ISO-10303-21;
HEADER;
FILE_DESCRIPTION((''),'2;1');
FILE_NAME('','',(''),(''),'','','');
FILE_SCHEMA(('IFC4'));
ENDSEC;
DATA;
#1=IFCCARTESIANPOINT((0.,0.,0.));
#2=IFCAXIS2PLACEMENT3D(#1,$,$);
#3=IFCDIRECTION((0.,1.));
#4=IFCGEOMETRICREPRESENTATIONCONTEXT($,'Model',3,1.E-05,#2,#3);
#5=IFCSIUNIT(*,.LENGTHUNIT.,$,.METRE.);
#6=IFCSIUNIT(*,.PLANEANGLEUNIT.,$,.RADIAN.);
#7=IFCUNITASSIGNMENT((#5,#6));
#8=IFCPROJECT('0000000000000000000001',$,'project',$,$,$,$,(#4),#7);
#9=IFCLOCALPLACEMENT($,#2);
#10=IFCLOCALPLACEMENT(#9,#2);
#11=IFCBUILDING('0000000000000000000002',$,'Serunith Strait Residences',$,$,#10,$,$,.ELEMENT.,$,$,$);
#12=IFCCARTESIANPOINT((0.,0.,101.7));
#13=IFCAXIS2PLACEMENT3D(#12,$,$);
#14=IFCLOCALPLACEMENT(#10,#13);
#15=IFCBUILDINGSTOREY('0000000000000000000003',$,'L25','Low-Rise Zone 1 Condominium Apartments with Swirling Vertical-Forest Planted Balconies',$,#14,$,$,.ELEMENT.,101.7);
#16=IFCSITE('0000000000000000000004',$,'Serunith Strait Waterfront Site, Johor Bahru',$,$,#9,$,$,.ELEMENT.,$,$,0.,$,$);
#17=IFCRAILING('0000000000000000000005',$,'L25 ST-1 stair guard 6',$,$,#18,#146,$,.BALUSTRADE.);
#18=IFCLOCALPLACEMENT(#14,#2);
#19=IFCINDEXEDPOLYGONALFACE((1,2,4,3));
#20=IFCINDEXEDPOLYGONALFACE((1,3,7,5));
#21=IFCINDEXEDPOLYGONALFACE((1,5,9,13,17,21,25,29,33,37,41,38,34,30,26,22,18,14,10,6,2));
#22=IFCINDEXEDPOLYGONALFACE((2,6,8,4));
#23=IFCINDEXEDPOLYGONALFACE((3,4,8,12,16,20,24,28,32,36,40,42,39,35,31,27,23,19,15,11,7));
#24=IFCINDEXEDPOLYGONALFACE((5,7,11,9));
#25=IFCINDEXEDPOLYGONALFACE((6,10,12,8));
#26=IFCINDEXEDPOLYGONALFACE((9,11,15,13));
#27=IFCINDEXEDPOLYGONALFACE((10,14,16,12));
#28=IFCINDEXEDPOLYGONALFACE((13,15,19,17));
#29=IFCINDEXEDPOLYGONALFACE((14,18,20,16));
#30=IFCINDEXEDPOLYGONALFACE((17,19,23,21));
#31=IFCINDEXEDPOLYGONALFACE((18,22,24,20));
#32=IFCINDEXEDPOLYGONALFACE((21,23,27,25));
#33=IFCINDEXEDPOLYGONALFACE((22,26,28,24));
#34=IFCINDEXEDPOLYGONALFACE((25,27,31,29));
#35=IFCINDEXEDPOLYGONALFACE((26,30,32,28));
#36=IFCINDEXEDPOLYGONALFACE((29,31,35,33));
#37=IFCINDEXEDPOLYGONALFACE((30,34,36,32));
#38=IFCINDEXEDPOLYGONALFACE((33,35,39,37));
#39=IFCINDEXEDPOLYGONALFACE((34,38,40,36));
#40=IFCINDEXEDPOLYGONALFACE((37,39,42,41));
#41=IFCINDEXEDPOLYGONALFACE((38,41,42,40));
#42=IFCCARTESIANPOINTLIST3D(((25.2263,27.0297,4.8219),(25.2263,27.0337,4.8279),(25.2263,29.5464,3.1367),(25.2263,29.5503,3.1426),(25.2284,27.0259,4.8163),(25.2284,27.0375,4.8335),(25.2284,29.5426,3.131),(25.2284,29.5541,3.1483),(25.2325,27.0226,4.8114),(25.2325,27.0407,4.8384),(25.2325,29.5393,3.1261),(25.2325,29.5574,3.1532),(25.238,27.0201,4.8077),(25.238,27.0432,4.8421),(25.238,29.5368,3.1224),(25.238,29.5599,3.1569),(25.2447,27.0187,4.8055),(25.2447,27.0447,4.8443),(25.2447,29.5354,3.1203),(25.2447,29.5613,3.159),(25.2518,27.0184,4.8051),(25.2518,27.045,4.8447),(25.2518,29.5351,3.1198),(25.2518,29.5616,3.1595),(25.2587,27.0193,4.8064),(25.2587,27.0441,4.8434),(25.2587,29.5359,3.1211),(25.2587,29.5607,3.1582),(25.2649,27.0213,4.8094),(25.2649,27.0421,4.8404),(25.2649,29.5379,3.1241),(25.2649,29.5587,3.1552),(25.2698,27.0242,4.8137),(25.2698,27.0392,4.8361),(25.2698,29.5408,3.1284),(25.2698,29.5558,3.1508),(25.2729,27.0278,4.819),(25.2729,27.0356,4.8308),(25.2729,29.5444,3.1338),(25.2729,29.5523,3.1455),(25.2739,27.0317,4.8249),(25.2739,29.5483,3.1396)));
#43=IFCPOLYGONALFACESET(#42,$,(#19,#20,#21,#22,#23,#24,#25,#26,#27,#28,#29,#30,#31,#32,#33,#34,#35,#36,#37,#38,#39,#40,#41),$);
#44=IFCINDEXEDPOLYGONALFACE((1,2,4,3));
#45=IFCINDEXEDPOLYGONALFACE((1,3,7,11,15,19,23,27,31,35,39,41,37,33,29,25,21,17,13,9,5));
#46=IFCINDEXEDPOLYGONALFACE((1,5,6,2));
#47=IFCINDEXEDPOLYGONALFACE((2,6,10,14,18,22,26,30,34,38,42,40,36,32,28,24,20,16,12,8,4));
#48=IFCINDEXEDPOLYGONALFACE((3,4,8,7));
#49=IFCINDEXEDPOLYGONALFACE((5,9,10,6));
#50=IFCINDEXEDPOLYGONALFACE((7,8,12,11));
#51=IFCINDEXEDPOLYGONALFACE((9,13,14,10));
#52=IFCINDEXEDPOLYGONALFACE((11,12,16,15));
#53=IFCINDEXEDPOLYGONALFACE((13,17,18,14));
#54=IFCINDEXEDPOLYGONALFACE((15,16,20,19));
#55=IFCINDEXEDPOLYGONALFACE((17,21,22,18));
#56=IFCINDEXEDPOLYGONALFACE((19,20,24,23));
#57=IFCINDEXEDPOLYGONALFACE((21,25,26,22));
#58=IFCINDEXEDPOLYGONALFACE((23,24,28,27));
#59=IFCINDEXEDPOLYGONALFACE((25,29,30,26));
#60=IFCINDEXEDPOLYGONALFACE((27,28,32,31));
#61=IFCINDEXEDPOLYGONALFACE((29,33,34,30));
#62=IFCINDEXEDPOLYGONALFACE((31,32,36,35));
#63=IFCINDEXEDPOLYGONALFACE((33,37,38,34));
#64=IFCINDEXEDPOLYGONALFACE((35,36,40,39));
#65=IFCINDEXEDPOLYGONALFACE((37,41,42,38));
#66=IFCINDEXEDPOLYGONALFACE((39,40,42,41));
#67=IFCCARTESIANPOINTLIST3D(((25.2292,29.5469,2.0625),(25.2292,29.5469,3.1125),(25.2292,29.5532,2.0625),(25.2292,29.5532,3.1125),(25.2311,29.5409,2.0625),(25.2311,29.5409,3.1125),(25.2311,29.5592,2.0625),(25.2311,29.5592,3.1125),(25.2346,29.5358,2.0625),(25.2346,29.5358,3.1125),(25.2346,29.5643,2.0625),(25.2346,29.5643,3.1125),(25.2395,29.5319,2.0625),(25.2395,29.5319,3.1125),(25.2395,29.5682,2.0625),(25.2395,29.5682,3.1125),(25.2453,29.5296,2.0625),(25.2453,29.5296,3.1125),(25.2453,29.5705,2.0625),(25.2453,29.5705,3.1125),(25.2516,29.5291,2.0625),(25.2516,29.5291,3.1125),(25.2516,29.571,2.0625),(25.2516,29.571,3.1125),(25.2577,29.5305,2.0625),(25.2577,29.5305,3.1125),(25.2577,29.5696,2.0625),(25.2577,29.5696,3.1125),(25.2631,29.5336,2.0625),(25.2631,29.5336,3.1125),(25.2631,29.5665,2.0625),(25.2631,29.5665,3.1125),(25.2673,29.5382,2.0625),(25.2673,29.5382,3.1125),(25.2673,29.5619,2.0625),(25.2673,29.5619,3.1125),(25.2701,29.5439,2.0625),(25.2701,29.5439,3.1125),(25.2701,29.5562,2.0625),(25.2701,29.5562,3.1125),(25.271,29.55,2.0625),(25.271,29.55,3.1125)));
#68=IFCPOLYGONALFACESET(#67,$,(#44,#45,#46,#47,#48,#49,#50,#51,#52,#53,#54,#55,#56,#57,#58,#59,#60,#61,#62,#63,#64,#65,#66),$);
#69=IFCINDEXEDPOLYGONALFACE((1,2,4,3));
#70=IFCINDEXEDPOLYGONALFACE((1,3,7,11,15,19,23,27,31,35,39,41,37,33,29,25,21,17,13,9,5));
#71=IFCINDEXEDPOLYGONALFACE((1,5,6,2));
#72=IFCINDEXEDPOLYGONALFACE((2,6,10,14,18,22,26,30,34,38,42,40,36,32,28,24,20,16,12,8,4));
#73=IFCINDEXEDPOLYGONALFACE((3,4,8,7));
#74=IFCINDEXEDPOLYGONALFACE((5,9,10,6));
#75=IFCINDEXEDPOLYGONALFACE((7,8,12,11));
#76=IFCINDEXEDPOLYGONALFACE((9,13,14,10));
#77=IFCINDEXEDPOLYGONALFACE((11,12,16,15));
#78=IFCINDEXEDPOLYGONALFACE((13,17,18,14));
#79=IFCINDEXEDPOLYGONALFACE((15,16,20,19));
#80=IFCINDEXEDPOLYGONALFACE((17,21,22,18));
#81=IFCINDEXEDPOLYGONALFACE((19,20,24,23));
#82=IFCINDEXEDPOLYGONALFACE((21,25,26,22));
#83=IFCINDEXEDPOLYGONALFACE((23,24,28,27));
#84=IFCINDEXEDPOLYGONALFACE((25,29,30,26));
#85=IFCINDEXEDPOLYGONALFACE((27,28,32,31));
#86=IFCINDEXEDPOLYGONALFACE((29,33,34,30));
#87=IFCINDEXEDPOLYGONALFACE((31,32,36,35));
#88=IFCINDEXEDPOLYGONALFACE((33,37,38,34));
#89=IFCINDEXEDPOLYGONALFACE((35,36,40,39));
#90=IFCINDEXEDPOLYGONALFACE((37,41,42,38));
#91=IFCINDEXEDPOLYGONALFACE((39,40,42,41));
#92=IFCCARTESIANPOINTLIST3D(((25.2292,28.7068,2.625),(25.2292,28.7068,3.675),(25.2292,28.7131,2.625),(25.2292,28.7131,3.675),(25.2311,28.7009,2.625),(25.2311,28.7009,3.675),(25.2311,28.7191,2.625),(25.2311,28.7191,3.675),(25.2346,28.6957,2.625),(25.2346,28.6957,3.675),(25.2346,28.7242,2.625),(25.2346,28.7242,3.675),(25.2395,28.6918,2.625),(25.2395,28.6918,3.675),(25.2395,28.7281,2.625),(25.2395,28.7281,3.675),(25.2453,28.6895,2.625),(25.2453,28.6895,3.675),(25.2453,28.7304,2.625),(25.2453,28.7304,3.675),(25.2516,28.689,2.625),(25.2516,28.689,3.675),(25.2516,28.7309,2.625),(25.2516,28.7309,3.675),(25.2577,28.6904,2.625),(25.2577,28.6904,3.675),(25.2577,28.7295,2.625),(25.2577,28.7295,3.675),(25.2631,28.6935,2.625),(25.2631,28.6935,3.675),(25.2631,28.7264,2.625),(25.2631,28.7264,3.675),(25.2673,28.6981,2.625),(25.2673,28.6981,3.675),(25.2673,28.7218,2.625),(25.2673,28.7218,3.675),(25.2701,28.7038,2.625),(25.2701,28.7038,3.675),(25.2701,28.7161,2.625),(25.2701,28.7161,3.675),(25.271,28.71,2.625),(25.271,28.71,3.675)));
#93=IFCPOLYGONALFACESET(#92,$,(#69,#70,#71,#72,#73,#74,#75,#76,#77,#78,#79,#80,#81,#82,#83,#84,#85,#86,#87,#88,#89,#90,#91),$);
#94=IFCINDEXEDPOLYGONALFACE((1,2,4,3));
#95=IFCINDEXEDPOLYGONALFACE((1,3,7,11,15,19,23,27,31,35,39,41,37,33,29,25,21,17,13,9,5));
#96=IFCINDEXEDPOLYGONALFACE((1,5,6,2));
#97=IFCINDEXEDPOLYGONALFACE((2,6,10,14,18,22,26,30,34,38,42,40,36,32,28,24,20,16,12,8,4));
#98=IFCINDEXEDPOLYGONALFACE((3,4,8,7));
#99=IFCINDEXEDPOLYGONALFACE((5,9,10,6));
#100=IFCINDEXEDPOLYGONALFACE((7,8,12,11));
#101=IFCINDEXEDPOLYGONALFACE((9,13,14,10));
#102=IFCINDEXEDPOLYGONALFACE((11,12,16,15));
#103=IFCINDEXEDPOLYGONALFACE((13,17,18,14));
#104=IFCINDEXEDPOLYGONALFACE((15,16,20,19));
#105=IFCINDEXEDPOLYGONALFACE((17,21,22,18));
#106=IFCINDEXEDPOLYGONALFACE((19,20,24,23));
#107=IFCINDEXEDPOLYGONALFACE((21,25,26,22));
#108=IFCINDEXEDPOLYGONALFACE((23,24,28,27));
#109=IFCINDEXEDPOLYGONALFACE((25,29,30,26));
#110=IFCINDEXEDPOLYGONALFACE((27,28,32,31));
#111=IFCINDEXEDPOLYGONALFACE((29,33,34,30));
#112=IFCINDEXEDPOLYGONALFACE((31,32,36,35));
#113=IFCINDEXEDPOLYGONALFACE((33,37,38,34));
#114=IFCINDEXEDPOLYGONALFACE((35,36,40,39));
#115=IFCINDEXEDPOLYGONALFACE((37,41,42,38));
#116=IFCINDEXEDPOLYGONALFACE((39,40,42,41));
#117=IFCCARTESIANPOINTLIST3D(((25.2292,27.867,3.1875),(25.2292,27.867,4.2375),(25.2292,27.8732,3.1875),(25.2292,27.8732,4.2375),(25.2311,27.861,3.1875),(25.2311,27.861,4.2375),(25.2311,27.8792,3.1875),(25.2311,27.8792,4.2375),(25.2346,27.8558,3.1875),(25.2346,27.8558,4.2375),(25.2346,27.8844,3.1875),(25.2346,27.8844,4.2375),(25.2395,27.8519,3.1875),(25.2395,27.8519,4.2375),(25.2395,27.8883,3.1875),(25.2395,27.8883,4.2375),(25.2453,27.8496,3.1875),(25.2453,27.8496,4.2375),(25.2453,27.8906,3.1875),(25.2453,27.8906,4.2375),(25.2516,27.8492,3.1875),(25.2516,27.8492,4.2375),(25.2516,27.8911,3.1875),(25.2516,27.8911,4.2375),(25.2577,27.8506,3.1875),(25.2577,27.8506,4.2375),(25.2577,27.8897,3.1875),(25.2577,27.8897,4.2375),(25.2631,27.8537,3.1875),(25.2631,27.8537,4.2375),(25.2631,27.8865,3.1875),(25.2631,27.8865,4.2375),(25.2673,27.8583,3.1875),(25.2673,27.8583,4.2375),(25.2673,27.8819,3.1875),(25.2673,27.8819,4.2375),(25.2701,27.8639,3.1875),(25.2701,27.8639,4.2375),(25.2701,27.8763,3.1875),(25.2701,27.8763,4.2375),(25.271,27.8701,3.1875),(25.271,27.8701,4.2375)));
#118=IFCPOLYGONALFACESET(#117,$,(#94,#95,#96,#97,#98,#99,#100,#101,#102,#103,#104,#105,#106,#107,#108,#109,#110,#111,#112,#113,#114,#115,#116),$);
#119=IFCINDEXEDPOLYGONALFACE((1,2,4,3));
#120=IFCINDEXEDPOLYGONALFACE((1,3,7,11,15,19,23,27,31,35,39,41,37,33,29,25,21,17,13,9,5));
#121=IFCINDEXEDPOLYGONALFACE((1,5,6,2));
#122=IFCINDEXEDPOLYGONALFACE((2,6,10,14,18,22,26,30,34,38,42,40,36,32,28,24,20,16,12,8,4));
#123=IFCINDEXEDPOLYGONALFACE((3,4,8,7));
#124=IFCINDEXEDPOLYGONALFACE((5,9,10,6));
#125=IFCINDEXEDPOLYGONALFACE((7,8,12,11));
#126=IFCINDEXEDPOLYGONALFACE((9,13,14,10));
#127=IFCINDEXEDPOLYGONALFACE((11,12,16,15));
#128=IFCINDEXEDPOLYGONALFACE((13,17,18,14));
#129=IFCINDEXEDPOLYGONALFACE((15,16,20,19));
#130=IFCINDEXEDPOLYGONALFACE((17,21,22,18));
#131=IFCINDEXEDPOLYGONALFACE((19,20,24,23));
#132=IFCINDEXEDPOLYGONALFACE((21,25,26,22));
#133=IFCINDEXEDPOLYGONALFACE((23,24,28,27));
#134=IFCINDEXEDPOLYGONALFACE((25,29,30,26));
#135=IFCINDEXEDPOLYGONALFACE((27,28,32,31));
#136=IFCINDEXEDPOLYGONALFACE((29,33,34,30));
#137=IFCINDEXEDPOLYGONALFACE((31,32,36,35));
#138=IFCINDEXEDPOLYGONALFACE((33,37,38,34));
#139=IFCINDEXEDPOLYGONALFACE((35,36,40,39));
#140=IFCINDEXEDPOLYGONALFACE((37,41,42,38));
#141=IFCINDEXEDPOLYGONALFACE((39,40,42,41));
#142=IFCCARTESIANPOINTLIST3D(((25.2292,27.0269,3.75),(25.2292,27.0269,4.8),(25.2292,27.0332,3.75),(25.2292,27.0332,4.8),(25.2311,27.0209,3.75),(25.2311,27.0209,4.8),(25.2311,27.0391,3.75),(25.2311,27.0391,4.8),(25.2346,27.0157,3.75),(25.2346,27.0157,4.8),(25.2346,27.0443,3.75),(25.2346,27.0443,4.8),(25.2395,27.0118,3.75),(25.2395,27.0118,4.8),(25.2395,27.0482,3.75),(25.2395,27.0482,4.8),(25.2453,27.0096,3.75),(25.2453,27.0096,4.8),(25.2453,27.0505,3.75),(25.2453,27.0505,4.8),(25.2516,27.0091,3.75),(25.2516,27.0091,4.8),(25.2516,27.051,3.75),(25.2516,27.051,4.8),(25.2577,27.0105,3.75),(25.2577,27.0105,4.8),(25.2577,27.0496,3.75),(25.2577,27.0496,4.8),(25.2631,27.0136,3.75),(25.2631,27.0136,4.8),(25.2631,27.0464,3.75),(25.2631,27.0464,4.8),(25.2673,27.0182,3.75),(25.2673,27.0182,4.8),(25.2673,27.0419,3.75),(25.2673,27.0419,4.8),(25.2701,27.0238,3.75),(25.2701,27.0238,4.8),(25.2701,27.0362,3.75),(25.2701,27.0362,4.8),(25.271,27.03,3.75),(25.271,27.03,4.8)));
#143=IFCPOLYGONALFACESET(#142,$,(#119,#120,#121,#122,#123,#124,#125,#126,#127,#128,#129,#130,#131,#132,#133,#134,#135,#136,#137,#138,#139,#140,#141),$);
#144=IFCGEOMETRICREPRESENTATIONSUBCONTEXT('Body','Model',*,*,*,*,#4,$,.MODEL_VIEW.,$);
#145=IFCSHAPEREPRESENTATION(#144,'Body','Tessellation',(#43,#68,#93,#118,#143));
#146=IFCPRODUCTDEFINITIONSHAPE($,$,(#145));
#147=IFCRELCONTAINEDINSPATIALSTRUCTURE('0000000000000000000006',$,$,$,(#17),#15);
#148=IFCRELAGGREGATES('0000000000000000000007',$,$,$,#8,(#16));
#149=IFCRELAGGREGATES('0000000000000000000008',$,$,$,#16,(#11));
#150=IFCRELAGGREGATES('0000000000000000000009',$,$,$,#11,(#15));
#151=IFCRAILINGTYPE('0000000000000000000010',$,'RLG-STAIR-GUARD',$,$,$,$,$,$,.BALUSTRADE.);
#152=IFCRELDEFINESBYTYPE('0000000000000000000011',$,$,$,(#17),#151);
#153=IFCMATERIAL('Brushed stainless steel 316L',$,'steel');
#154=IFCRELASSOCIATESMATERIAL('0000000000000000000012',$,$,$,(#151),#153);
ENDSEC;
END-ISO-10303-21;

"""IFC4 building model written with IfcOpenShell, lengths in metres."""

from ifc_helpers import new_model, si_unit, direction, frame, origin, origin_2d, place, context, subcontext, project, spatial, circle, extrude, material, type_object, element, save


model = new_model("IFC4")

# Units and contexts
model_context = context("Model", 3, precision=1e-05, world=origin(), true_north=direction((0.0, 1.0)))
body_context = subcontext(model_context, "Body", "Model", "MODEL_VIEW")
ifc_project = project(units=[si_unit("LENGTHUNIT", "METRE"), si_unit("PLANEANGLEUNIT", "RADIAN")], contexts=[model_context])

# Site, building, storey
site_placement = place(None, origin())
site = spatial("IfcSite", under=ifc_project, at=site_placement, Name="Serunith Strait Waterfront Site, Johor Bahru", CompositionType="ELEMENT", RefElevation=0.0)
building_placement = place(site_placement, origin())
building = spatial("IfcBuilding", under=site, at=building_placement, Name="Serunith Strait Residences", CompositionType="ELEMENT")
storey_placement = place(building_placement, frame((0.0, 0.0, 101.7)))
storey = spatial("IfcBuildingStorey", under=building, at=storey_placement, Name="L25", Description="Low-Rise Zone 1 Condominium Apartments with Swirling Vertical-Forest Planted Balconies", CompositionType="ELEMENT", Elevation=101.7)

# Railing
ifc_material_1 = material(Name="Brushed stainless steel 316L", Category="steel")
railing_type_1 = type_object("IfcRailingType", Name="RLG-STAIR-GUARD", PredefinedType="BALUSTRADE", material=ifc_material_1)
railing_1_placement = place(storey_placement, frame((25.25, 29.55, 2.0625)))
element("IfcRailing", 1, at=railing_1_placement, inside=storey, type_object=railing_type_1, Name="L25 ST-1 stair guard 6", PredefinedType="BALUSTRADE", context=body_context, shape_type="SweptSolid", body=[
    extrude(circle(Radius=0.0239, at=origin_2d()), frame((0.0, -0.0017, 1.0771), z_axis=(0.0, -0.830909, 0.556408), x_axis=(1.0, 0.0, 0.0)), (0.0, 0.0, 1.0), 3.0288),
    extrude(circle(Radius=0.021, at=origin_2d()), origin(), (0.0, 0.0, 1.0), 1.05),
    extrude(circle(Radius=0.021, at=origin_2d()), frame((0.0, -0.8401, 0.5625)), (0.0, 0.0, 1.0), 1.05),
    extrude(circle(Radius=0.021, at=origin_2d()), frame((0.0, -1.6799, 1.125)), (0.0, 0.0, 1.0), 1.05),
    extrude(circle(Radius=0.021, at=origin_2d()), frame((0.0, -2.52, 1.6875)), (0.0, 0.0, 1.0), 1.05),
])

save(model, "model.ifc")
